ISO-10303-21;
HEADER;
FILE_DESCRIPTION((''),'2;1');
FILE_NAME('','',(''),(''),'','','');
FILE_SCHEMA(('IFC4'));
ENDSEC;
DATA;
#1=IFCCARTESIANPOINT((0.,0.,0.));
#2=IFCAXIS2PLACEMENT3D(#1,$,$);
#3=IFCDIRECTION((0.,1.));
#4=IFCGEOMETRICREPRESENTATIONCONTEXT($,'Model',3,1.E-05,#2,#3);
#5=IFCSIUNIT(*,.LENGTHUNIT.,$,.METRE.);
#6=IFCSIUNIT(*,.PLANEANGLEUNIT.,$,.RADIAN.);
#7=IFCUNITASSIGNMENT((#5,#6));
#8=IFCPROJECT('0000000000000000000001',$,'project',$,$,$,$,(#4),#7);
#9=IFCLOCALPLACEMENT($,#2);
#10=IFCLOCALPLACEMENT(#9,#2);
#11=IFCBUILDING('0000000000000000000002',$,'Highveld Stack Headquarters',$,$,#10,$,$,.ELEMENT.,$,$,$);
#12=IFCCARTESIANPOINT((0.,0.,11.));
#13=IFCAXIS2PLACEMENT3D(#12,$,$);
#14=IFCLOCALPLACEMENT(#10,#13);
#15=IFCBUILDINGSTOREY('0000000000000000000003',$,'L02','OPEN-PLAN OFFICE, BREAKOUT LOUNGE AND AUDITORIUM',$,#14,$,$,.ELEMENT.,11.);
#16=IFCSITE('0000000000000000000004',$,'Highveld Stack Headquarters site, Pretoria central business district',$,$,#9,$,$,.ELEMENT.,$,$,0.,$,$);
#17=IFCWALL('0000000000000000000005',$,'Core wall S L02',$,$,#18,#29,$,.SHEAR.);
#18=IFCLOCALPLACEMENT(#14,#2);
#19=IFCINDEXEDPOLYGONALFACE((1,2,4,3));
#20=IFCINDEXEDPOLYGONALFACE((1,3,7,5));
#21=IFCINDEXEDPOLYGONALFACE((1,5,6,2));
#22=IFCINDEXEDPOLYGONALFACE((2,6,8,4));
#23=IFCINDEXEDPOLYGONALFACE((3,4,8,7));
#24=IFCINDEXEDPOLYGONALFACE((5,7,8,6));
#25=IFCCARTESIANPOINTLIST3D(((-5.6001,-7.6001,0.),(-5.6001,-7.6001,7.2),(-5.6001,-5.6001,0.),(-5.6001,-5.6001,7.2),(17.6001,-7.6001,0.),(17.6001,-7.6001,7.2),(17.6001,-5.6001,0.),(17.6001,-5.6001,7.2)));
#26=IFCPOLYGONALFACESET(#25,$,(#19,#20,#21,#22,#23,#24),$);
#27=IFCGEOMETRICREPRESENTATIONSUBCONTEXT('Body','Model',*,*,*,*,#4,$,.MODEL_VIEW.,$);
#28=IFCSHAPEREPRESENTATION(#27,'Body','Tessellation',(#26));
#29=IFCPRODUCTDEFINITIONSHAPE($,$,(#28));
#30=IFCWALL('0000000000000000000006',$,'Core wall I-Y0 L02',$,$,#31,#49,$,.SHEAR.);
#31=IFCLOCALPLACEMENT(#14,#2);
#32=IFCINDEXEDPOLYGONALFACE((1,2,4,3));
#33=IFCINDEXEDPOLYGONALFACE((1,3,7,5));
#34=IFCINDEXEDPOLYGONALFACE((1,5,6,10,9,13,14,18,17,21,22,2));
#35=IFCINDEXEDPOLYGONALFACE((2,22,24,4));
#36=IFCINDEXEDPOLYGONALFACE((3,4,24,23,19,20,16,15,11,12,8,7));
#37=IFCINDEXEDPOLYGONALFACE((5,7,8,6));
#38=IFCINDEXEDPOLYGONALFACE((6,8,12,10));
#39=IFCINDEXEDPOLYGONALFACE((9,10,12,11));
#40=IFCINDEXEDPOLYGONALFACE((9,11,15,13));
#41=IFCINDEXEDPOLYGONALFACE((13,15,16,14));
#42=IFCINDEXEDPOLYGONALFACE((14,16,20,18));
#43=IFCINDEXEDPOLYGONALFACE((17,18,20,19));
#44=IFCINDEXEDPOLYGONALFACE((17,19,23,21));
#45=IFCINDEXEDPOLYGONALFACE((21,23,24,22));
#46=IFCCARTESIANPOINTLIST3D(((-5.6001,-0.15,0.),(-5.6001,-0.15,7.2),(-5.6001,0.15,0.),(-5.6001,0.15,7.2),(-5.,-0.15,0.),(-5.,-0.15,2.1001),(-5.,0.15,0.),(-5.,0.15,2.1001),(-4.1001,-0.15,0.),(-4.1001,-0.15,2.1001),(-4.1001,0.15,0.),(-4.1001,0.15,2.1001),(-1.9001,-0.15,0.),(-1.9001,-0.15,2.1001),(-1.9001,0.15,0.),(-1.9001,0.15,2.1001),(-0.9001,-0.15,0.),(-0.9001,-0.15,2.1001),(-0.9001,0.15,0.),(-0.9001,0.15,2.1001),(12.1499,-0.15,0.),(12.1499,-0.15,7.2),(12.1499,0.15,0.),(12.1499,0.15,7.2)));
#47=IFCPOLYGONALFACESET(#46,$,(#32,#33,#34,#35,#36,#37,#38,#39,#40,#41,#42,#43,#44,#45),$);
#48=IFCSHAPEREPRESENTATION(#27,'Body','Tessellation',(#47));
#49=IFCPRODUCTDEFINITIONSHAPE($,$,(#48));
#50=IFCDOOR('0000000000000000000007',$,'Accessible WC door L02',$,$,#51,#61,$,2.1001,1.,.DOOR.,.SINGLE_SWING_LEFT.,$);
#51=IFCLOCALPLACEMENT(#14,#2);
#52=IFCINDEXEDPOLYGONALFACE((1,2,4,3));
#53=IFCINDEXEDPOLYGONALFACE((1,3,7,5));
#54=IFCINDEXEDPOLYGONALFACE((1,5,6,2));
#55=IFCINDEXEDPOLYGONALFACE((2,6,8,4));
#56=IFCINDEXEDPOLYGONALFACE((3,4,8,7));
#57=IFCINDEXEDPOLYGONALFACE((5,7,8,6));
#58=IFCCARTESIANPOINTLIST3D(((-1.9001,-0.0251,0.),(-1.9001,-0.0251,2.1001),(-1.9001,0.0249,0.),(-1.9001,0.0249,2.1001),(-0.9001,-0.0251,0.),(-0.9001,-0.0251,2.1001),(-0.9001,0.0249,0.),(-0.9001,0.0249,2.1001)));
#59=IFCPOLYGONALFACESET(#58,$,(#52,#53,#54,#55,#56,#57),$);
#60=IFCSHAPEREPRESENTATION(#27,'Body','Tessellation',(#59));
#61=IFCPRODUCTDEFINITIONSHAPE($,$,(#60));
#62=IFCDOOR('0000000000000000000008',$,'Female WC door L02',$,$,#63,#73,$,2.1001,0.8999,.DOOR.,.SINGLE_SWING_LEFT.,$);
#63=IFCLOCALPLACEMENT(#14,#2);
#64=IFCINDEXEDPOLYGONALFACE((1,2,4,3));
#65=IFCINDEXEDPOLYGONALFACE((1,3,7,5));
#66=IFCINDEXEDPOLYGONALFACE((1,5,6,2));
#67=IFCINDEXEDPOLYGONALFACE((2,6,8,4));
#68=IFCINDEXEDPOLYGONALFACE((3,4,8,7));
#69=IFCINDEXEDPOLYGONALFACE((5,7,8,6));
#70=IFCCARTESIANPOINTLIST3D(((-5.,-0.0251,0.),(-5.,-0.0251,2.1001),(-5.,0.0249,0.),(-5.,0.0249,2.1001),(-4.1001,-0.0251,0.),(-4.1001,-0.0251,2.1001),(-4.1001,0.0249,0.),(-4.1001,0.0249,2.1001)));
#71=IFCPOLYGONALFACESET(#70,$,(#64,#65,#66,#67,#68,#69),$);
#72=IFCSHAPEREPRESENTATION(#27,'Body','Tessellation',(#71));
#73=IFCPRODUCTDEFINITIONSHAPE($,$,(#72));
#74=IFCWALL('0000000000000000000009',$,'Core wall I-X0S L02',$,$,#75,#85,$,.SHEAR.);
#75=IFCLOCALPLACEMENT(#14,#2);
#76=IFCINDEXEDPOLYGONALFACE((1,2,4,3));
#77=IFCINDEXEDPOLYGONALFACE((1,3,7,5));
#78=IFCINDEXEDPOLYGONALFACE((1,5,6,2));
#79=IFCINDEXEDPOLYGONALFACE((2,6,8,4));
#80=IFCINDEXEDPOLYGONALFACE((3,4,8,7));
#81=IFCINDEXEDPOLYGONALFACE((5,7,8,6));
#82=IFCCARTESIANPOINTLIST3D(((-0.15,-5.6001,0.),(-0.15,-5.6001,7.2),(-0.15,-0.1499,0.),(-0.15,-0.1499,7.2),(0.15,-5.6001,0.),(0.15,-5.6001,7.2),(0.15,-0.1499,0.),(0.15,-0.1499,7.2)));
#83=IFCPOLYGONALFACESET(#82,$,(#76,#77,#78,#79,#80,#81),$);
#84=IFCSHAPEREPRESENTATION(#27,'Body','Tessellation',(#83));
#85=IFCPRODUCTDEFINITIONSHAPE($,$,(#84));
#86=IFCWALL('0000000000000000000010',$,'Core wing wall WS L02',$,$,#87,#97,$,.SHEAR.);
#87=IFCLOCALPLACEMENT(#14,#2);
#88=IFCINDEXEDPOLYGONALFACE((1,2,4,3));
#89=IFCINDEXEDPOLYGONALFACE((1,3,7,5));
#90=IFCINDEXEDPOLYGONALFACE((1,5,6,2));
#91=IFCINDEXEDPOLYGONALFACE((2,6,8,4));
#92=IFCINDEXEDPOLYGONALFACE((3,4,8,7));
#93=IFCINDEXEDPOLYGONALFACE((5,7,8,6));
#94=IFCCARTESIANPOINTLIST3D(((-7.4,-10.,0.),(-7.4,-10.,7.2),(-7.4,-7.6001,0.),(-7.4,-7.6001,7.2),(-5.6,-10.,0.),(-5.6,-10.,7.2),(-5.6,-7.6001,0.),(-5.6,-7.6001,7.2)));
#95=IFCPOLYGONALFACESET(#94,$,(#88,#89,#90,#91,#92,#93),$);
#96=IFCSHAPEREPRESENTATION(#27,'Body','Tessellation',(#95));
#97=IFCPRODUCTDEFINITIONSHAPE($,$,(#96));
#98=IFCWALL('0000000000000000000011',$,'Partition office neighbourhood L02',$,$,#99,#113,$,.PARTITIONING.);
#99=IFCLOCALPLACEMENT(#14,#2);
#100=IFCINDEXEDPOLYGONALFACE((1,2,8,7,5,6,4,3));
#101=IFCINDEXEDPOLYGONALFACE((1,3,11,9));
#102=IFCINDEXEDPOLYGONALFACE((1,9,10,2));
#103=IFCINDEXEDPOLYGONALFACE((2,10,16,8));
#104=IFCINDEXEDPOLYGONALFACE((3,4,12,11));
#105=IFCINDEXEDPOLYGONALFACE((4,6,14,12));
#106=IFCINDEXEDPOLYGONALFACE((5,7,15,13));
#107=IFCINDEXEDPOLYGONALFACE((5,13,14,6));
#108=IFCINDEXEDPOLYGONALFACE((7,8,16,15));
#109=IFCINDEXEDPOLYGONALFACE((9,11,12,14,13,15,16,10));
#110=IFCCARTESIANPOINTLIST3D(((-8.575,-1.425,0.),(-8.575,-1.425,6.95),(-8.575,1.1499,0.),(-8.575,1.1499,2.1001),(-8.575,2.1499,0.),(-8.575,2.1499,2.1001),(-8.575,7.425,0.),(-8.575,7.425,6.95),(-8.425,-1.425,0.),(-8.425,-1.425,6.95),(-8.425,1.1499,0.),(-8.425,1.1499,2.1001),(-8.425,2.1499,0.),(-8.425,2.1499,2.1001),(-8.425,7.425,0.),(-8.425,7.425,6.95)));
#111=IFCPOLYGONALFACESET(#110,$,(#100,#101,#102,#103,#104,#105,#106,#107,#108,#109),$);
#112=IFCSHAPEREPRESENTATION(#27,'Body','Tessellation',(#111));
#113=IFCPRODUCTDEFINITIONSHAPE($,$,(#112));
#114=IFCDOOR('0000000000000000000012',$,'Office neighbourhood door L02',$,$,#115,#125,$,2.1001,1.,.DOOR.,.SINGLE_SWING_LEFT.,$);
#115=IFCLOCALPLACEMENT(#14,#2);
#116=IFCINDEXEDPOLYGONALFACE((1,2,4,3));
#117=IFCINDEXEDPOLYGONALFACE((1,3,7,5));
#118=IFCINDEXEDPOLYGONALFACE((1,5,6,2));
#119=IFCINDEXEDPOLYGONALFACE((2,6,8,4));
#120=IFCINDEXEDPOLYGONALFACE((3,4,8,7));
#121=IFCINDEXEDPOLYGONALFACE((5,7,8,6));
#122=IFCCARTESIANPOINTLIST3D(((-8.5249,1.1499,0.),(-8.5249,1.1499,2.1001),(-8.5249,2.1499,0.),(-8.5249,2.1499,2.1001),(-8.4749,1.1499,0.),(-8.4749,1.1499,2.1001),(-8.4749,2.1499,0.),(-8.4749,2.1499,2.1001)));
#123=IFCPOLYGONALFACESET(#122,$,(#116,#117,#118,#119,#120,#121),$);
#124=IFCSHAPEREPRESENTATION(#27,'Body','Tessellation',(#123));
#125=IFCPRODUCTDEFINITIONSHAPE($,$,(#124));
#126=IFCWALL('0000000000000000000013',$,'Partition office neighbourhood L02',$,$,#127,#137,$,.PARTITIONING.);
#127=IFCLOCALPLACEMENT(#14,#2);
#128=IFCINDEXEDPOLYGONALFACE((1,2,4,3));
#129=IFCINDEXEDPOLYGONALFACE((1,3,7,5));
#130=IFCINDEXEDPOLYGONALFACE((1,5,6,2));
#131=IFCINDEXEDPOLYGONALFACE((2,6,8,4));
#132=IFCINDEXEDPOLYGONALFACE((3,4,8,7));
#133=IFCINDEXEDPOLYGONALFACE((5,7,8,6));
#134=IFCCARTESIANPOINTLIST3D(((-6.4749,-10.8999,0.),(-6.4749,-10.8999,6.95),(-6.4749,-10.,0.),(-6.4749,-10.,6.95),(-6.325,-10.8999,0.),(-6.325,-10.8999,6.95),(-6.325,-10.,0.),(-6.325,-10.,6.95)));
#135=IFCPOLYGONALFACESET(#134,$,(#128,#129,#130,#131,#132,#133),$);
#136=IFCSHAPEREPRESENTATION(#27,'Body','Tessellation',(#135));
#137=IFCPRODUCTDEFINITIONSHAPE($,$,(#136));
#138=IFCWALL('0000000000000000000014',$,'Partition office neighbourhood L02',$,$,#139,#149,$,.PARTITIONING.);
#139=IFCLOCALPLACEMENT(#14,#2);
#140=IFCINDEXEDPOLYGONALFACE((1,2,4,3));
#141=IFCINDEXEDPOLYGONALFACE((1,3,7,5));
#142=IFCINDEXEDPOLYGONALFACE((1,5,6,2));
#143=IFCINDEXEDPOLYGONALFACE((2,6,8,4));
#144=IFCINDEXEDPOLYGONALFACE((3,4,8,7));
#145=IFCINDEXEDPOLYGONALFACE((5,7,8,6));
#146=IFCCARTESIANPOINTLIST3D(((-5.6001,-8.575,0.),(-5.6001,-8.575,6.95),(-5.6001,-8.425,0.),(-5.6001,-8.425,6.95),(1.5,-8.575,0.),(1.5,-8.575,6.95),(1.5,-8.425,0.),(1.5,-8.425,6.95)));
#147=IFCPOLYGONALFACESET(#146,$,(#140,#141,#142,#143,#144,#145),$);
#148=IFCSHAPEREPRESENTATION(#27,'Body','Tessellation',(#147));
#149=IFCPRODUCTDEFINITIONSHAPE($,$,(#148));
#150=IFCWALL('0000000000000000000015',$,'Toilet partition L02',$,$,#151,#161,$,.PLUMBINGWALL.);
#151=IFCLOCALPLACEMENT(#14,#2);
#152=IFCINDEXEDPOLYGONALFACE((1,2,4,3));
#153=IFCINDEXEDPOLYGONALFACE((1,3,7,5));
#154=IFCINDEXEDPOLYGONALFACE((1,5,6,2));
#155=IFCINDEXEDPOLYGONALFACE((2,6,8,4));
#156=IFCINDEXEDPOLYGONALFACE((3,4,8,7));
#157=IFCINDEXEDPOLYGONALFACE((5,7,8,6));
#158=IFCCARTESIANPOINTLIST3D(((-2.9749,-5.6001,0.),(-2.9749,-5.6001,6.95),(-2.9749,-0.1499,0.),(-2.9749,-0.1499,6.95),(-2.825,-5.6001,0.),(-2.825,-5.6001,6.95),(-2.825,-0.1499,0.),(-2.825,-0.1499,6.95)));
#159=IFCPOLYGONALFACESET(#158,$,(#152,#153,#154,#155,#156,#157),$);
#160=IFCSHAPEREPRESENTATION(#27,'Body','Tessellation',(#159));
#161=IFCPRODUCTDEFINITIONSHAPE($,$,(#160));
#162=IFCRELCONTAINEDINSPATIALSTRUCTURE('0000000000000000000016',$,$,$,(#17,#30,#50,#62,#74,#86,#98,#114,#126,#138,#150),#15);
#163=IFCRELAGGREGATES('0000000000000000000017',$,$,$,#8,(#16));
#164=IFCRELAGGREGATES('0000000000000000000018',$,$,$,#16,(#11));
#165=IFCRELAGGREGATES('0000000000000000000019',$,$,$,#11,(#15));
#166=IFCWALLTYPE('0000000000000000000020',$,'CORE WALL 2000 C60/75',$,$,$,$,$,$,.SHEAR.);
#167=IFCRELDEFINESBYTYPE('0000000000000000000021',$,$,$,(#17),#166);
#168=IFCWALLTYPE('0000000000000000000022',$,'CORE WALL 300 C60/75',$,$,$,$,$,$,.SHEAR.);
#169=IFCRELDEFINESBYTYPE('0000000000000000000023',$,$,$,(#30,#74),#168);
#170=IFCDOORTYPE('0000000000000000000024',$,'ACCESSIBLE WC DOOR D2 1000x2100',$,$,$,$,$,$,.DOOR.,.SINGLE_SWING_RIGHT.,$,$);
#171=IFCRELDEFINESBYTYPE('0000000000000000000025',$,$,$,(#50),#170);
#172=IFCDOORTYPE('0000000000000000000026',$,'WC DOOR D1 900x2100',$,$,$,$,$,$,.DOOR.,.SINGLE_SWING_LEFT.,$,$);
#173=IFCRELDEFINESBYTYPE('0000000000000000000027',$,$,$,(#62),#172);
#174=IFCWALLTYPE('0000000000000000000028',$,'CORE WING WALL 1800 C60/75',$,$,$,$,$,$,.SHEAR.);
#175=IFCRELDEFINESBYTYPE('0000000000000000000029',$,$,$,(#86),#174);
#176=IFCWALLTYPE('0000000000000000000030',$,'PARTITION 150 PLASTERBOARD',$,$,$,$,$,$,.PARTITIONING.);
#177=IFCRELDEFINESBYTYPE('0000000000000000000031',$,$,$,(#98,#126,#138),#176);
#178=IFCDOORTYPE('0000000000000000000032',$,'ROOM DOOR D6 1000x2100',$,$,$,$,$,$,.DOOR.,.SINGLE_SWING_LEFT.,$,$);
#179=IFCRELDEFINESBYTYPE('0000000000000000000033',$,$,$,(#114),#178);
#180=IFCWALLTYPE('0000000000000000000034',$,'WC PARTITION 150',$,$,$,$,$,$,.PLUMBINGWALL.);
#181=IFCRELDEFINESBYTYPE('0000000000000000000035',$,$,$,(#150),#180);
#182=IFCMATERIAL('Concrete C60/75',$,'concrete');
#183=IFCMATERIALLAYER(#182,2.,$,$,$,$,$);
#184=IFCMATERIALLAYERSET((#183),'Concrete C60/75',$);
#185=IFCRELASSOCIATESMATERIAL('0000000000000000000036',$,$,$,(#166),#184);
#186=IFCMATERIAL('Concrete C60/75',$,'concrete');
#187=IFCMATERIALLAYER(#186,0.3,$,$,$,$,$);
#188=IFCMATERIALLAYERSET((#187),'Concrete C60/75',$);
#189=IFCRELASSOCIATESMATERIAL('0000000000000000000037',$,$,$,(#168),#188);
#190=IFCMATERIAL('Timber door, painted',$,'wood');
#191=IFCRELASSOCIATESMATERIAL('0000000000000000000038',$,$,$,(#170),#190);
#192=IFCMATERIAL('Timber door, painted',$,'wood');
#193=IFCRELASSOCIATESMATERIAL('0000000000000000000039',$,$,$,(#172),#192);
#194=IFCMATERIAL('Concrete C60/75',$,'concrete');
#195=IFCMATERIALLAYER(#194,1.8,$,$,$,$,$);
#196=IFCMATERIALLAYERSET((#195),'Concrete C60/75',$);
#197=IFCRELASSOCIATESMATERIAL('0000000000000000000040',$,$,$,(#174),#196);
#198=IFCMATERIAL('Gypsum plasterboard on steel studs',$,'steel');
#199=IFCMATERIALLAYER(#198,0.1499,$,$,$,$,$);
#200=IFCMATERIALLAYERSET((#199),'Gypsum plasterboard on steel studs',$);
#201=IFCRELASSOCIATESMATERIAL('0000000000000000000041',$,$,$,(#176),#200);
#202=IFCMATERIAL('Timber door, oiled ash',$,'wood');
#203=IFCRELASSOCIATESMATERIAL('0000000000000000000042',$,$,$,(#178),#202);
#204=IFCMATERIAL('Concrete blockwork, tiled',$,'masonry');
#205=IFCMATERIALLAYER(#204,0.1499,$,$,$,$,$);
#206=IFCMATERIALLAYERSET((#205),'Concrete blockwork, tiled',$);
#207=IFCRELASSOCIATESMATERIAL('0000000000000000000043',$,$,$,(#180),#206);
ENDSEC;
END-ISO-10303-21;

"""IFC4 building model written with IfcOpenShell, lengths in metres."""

from ifc_helpers import new_model, si_unit, direction, frame, frame_2d, origin, place, context, subcontext, project, spatial, rectangle, extrude, material, layer, layer_set, type_object, element, fill, save


model = new_model("IFC4")

# Units and contexts
model_context = context("Model", 3, precision=1e-05, world=origin(), true_north=direction((0.0, 1.0)))
body_context = subcontext(model_context, "Body", "Model", "MODEL_VIEW")
ifc_project = project(units=[si_unit("LENGTHUNIT", "METRE"), si_unit("PLANEANGLEUNIT", "RADIAN")], contexts=[model_context])

# Site, building, storey
site_placement = place(None, origin())
site = spatial("IfcSite", under=ifc_project, at=site_placement, Name="Highveld Stack Headquarters site, Pretoria central business district", CompositionType="ELEMENT", RefElevation=0.0)
building_placement = place(site_placement, origin())
building = spatial("IfcBuilding", under=site, at=building_placement, Name="Highveld Stack Headquarters", CompositionType="ELEMENT")
storey_placement = place(building_placement, frame((0.0, 0.0, 11.0)))
storey = spatial("IfcBuildingStorey", under=building, at=storey_placement, Name="L02", Description="OPEN-PLAN OFFICE, BREAKOUT LOUNGE AND AUDITORIUM", CompositionType="ELEMENT", Elevation=11.0)

# Wall
ifc_material_1 = material(Name="Concrete C60/75", Category="concrete")
ifc_layer_1 = layer(ifc_material_1, 2.0)
ifc_layer_set_1 = layer_set([ifc_layer_1], Name="Concrete C60/75")
wall_type_1 = type_object("IfcWallType", Name="CORE WALL 2000 C60/75", PredefinedType="SHEAR", material=ifc_layer_set_1)
wall_1_placement = place(storey_placement, frame((-5.6001, -6.6001, 0.0), z_axis=(0.0, 0.0, 1.0), x_axis=(1.0, 0.0, 0.0)))
element("IfcWall", 1, at=wall_1_placement, inside=storey, type_object=wall_type_1, Name="Core wall S L02", PredefinedType="SHEAR", context=body_context, shape_type="SweptSolid", body=[
    extrude(rectangle(XDim=23.2002, YDim=2.0, at=frame_2d((11.6001, 0.0))), origin(), (0.0, 0.0, 1.0), 7.2),
])

# Wall, openings, doors
ifc_material_2 = material(Name="Concrete C60/75", Category="concrete")
ifc_layer_2 = layer(ifc_material_2, 0.3)
ifc_layer_set_2 = layer_set([ifc_layer_2], Name="Concrete C60/75")
wall_type_2 = type_object("IfcWallType", Name="CORE WALL 300 C60/75", PredefinedType="SHEAR", material=ifc_layer_set_2)
wall_2_placement = place(storey_placement, frame((-5.6001, 0.0, 0.0), z_axis=(0.0, 0.0, 1.0), x_axis=(1.0, 0.0, 0.0)))
wall_2 = element("IfcWall", 2, at=wall_2_placement, inside=storey, type_object=wall_type_2, Name="Core wall I-Y0 L02", PredefinedType="SHEAR", context=body_context, shape_type="SweptSolid", body=[
    extrude(rectangle(XDim=17.75, YDim=0.3, at=frame_2d((8.875, 0.0))), origin(), (0.0, 0.0, 1.0), 7.2),
])
opening_1_placement = place(wall_2_placement, frame((0.6001, 0.0, 0.0)))
opening_1 = element("IfcOpeningElement", 3, at=opening_1_placement, cuts=wall_2, PredefinedType="OPENING", context=body_context, shape_type="SweptSolid", body=[
    extrude(rectangle(XDim=0.8999, YDim=2.1001, at=frame_2d((0.45, 1.05))), frame((0.0, 0.1599, 0.0), z_axis=(0.0, -1.0, 0.0), x_axis=(1.0, 0.0, 0.0)), (0.0, 0.0, 1.0), 0.3201),
])
opening_2_placement = place(wall_2_placement, frame((3.7, 0.0, 0.0)))
opening_2 = element("IfcOpeningElement", 4, at=opening_2_placement, cuts=wall_2, PredefinedType="OPENING", context=body_context, shape_type="SweptSolid", body=[
    extrude(rectangle(XDim=1.0, YDim=2.1001, at=frame_2d((0.5, 1.05))), frame((0.0, 0.1599, 0.0), z_axis=(0.0, -1.0, 0.0), x_axis=(1.0, 0.0, 0.0)), (0.0, 0.0, 1.0), 0.3201),
])
ifc_material_3 = material(Name="Timber door, painted", Category="wood")
door_type_1 = type_object("IfcDoorType", Name="ACCESSIBLE WC DOOR D2 1000x2100", OperationType="SINGLE_SWING_RIGHT", PredefinedType="DOOR", material=ifc_material_3)
door_1_placement = place(opening_2_placement, origin())
door_1 = element("IfcDoor", 5, at=door_1_placement, inside=storey, type_object=door_type_1, Name="Accessible WC door L02", OperationType="SINGLE_SWING_LEFT", OverallHeight=2.1001, OverallWidth=1.0, PredefinedType="DOOR", context=body_context, shape_type="SweptSolid", body=[
    extrude(rectangle(XDim=1.0, YDim=2.1001, at=frame_2d((0.5, 1.05))), frame((0.0, 0.0249, 0.0), z_axis=(0.0, -1.0, 0.0), x_axis=(1.0, 0.0, 0.0)), (0.0, 0.0, 1.0), 0.05),
])
fill(opening_2, door_1)
ifc_material_4 = material(Name="Timber door, painted", Category="wood")
door_type_2 = type_object("IfcDoorType", Name="WC DOOR D1 900x2100", OperationType="SINGLE_SWING_LEFT", PredefinedType="DOOR", material=ifc_material_4)
door_2_placement = place(opening_1_placement, origin())
door_2 = element("IfcDoor", 6, at=door_2_placement, inside=storey, type_object=door_type_2, Name="Female WC door L02", OperationType="SINGLE_SWING_LEFT", OverallHeight=2.1001, OverallWidth=0.8999, PredefinedType="DOOR", context=body_context, shape_type="SweptSolid", body=[
    extrude(rectangle(XDim=0.8999, YDim=2.1001, at=frame_2d((0.45, 1.05))), frame((0.0, 0.0249, 0.0), z_axis=(0.0, -1.0, 0.0), x_axis=(1.0, 0.0, 0.0)), (0.0, 0.0, 1.0), 0.05),
])
fill(opening_1, door_2)

# Walls
wall_3_placement = place(storey_placement, frame((0.0, -5.6001, 0.0), z_axis=(0.0, 0.0, 1.0), x_axis=(0.0, 1.0, 0.0)))
element("IfcWall", 7, at=wall_3_placement, inside=storey, type_object=wall_type_2, Name="Core wall I-X0S L02", PredefinedType="SHEAR", context=body_context, shape_type="SweptSolid", body=[
    extrude(rectangle(XDim=5.4502, YDim=0.3, at=frame_2d((2.7251, 0.0))), origin(), (0.0, 0.0, 1.0), 7.2),
])
ifc_material_5 = material(Name="Concrete C60/75", Category="concrete")
ifc_layer_3 = layer(ifc_material_5, 1.8)
ifc_layer_set_3 = layer_set([ifc_layer_3], Name="Concrete C60/75")
wall_type_3 = type_object("IfcWallType", Name="CORE WING WALL 1800 C60/75", PredefinedType="SHEAR", material=ifc_layer_set_3)
wall_4_placement = place(storey_placement, frame((-6.5, -10.0, 0.0), z_axis=(0.0, 0.0, 1.0), x_axis=(0.0, 1.0, 0.0)))
element("IfcWall", 8, at=wall_4_placement, inside=storey, type_object=wall_type_3, Name="Core wing wall WS L02", PredefinedType="SHEAR", context=body_context, shape_type="SweptSolid", body=[
    extrude(rectangle(XDim=2.3999, YDim=1.8, at=frame_2d((1.2, 0.0))), origin(), (0.0, 0.0, 1.0), 7.2),
])

# Wall, opening, door
ifc_material_6 = material(Name="Gypsum plasterboard on steel studs", Category="steel")
ifc_layer_4 = layer(ifc_material_6, 0.1499)
ifc_layer_set_4 = layer_set([ifc_layer_4], Name="Gypsum plasterboard on steel studs")
wall_type_4 = type_object("IfcWallType", Name="PARTITION 150 PLASTERBOARD", PredefinedType="PARTITIONING", material=ifc_layer_set_4)
wall_5_placement = place(storey_placement, frame((-8.5, -1.425, 0.0), z_axis=(0.0, 0.0, 1.0), x_axis=(0.0, 1.0, 0.0)))
wall_5 = element("IfcWall", 9, at=wall_5_placement, inside=storey, type_object=wall_type_4, Name="Partition office neighbourhood L02", PredefinedType="PARTITIONING", context=body_context, shape_type="SweptSolid", body=[
    extrude(rectangle(XDim=8.8501, YDim=0.1499, at=frame_2d((4.425, 0.0))), origin(), (0.0, 0.0, 1.0), 6.95),
])
opening_3_placement = place(wall_5_placement, frame((2.575, 0.0, 0.0)))
opening_3 = element("IfcOpeningElement", 10, at=opening_3_placement, cuts=wall_5, PredefinedType="OPENING", context=body_context, shape_type="SweptSolid", body=[
    extrude(rectangle(XDim=1.0, YDim=2.1001, at=frame_2d((0.5, 1.05))), frame((0.0, 0.085, 0.0), z_axis=(0.0, -1.0, 0.0), x_axis=(1.0, 0.0, 0.0)), (0.0, 0.0, 1.0), 0.1699),
])
ifc_material_7 = material(Name="Timber door, oiled ash", Category="wood")
door_type_3 = type_object("IfcDoorType", Name="ROOM DOOR D6 1000x2100", OperationType="SINGLE_SWING_LEFT", PredefinedType="DOOR", material=ifc_material_7)
door_3_placement = place(opening_3_placement, origin())
door_3 = element("IfcDoor", 11, at=door_3_placement, inside=storey, type_object=door_type_3, Name="Office neighbourhood door L02", OperationType="SINGLE_SWING_LEFT", OverallHeight=2.1001, OverallWidth=1.0, PredefinedType="DOOR", context=body_context, shape_type="SweptSolid", body=[
    extrude(rectangle(XDim=1.0, YDim=2.1001, at=frame_2d((0.5, 1.05))), frame((0.0, 0.0249, 0.0), z_axis=(0.0, -1.0, 0.0), x_axis=(1.0, 0.0, 0.0)), (0.0, 0.0, 1.0), 0.05),
])
fill(opening_3, door_3)

# Walls
wall_6_placement = place(storey_placement, frame((-6.3999, -10.8999, 0.0), z_axis=(0.0, 0.0, 1.0), x_axis=(0.0, 1.0, 0.0)))
element("IfcWall", 12, at=wall_6_placement, inside=storey, type_object=wall_type_4, Name="Partition office neighbourhood L02", PredefinedType="PARTITIONING", context=body_context, shape_type="SweptSolid", body=[
    extrude(rectangle(XDim=0.8999, YDim=0.1499, at=frame_2d((0.45, 0.0))), origin(), (0.0, 0.0, 1.0), 6.95),
])
wall_7_placement = place(storey_placement, frame((-5.6001, -8.5, 0.0), z_axis=(0.0, 0.0, 1.0), x_axis=(1.0, 0.0, 0.0)))
element("IfcWall", 13, at=wall_7_placement, inside=storey, type_object=wall_type_4, Name="Partition office neighbourhood L02", PredefinedType="PARTITIONING", context=body_context, shape_type="SweptSolid", body=[
    extrude(rectangle(XDim=7.1001, YDim=0.1499, at=frame_2d((3.55, 0.0))), origin(), (0.0, 0.0, 1.0), 6.95),
])
ifc_material_8 = material(Name="Concrete blockwork, tiled", Category="masonry")
ifc_layer_5 = layer(ifc_material_8, 0.1499)
ifc_layer_set_5 = layer_set([ifc_layer_5], Name="Concrete blockwork, tiled")
wall_type_5 = type_object("IfcWallType", Name="WC PARTITION 150", PredefinedType="PLUMBINGWALL", material=ifc_layer_set_5)
wall_8_placement = place(storey_placement, frame((-2.8999, -5.6001, 0.0), z_axis=(0.0, 0.0, 1.0), x_axis=(0.0, 1.0, 0.0)))
element("IfcWall", 14, at=wall_8_placement, inside=storey, type_object=wall_type_5, Name="Toilet partition L02", PredefinedType="PLUMBINGWALL", context=body_context, shape_type="SweptSolid", body=[
    extrude(rectangle(XDim=5.4502, YDim=0.1499, at=frame_2d((2.7251, 0.0))), origin(), (0.0, 0.0, 1.0), 6.95),
])

save(model, "model.ifc")
